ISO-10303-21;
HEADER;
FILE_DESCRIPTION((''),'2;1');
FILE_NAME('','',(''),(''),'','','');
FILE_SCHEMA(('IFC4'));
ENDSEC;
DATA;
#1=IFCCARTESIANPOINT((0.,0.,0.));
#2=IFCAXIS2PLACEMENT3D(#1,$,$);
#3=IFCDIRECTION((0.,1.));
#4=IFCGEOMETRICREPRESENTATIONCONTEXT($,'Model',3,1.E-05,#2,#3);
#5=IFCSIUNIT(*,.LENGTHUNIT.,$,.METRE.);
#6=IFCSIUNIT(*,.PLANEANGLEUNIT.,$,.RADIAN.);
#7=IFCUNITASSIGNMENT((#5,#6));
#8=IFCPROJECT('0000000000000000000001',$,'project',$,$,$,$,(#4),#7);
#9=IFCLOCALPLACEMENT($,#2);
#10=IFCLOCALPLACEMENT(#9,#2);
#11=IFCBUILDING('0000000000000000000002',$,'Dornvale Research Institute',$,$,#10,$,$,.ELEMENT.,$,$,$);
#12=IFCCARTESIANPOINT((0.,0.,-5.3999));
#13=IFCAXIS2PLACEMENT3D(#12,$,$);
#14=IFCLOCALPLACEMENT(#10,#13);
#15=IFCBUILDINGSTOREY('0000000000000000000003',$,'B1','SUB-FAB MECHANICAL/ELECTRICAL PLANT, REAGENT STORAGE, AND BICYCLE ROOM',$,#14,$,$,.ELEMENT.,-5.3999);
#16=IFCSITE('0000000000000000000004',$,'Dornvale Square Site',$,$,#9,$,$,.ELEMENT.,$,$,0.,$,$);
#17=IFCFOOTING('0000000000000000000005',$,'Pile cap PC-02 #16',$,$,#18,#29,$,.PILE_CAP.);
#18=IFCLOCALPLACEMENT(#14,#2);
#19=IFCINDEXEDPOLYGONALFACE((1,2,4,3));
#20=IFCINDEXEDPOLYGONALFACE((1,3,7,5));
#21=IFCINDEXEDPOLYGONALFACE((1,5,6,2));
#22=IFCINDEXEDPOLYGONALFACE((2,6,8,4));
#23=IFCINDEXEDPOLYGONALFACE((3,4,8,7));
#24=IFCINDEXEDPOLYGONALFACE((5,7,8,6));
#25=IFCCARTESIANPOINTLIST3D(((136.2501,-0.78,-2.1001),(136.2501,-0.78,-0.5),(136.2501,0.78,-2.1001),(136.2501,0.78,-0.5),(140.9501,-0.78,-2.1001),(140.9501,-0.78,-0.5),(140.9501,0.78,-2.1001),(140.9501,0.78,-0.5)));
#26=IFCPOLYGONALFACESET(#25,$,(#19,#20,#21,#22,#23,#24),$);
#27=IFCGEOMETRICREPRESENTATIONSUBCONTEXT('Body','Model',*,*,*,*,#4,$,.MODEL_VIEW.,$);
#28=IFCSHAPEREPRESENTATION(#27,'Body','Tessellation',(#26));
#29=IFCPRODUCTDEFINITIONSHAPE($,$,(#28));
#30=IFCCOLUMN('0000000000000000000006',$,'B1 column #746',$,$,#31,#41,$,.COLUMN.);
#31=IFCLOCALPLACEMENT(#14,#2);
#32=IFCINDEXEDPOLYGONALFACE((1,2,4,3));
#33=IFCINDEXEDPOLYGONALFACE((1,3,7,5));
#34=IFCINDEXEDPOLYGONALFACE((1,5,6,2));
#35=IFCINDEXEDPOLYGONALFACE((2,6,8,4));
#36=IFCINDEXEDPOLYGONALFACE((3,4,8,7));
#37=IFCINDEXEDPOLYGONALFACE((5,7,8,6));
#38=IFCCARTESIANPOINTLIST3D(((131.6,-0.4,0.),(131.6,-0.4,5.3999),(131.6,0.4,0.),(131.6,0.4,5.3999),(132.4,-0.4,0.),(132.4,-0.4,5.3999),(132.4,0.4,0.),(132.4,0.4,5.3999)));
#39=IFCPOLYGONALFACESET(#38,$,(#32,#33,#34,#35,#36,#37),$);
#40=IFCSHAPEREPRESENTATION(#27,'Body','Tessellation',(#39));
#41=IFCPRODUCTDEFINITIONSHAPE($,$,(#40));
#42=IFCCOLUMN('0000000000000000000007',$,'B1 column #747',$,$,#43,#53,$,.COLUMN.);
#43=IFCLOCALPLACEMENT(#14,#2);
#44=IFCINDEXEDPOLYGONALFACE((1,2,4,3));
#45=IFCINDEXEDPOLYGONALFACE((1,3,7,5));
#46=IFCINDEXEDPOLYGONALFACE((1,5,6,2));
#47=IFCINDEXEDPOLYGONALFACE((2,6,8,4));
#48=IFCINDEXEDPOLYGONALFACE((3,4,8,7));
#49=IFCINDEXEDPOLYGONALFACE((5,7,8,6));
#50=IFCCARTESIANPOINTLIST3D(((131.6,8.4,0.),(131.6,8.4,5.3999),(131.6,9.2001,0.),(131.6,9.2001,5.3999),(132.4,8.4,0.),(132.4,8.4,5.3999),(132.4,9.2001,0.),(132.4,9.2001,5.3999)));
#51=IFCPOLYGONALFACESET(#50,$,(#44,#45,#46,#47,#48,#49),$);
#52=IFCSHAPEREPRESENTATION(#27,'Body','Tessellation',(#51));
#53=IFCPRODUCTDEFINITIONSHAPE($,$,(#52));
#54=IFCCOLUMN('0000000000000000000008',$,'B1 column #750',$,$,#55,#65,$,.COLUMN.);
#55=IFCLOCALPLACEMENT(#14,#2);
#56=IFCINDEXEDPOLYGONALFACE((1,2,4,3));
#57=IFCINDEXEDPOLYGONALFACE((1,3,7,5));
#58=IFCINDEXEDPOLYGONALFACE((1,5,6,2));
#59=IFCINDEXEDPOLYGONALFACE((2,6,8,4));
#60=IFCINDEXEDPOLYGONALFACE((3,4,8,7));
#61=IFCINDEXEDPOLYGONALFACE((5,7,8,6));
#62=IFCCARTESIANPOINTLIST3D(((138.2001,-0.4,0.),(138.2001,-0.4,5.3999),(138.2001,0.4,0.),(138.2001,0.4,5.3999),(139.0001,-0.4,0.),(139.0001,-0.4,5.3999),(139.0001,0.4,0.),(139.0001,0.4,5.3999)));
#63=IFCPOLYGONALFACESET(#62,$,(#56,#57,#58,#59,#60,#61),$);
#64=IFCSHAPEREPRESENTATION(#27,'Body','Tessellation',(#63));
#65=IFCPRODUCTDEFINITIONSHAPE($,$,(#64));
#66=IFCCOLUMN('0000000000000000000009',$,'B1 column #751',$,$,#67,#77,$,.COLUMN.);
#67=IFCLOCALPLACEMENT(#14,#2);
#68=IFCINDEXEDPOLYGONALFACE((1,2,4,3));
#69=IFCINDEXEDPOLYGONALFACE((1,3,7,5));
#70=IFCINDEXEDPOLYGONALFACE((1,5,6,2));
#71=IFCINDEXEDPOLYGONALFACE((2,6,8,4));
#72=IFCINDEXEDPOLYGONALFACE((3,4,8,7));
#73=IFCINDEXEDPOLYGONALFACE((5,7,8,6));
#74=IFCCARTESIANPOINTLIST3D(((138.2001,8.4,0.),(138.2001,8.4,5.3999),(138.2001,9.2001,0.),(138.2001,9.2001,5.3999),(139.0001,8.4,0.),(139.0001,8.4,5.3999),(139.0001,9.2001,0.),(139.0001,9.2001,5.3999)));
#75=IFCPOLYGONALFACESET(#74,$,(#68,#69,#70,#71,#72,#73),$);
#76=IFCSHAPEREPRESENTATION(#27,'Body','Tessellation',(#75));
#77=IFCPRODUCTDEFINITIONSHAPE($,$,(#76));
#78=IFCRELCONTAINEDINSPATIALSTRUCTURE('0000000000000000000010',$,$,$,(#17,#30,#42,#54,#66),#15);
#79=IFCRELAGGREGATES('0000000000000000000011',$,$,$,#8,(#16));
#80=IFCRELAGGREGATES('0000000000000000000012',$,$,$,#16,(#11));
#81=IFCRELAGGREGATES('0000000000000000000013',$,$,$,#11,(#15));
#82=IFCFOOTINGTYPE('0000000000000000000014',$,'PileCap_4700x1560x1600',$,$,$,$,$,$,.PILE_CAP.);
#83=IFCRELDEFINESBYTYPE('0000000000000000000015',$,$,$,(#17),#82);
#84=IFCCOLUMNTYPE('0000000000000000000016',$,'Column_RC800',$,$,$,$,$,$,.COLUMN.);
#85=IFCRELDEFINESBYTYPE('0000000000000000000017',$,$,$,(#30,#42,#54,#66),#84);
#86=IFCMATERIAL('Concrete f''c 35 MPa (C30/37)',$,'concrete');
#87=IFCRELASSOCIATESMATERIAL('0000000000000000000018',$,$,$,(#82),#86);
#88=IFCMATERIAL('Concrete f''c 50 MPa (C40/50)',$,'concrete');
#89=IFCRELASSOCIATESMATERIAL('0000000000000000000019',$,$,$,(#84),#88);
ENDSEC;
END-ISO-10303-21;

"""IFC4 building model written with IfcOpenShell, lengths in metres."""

from ifc_helpers import new_model, si_unit, direction, frame, origin, origin_2d, place, context, subcontext, project, spatial, rectangle, extrude, material, material_profile, profile_set, type_object, element, save


model = new_model("IFC4")

# Units and contexts
model_context = context("Model", 3, precision=1e-05, world=origin(), true_north=direction((0.0, 1.0)))
body_context = subcontext(model_context, "Body", "Model", "MODEL_VIEW")
ifc_project = project(units=[si_unit("LENGTHUNIT", "METRE"), si_unit("PLANEANGLEUNIT", "RADIAN")], contexts=[model_context])

# Site, building, storey
site_placement = place(None, origin())
site = spatial("IfcSite", under=ifc_project, at=site_placement, Name="Dornvale Square Site", CompositionType="ELEMENT", RefElevation=0.0)
building_placement = place(site_placement, origin())
building = spatial("IfcBuilding", under=site, at=building_placement, Name="Dornvale Research Institute", CompositionType="ELEMENT")
storey_placement = place(building_placement, frame((0.0, 0.0, -5.3999)))
storey = spatial("IfcBuildingStorey", under=building, at=storey_placement, Name="B1", Description="SUB-FAB MECHANICAL/ELECTRICAL PLANT, REAGENT STORAGE, AND BICYCLE ROOM", CompositionType="ELEMENT", Elevation=-5.3999)

# Footing
ifc_material_1 = material(Name="Concrete f'c 35 MPa (C30/37)", Category="concrete")
footing_type_1 = type_object("IfcFootingType", Name="PileCap_4700x1560x1600", PredefinedType="PILE_CAP", material=ifc_material_1)
for number, where, z_axis, x_axis, name in (
    (1, (138.6001, 0.0, -2.1001), (0.0, 0.0, 1.0), (1.0, 0.0, 0.0), "Pile cap PC-02 #16"),
):
    element("IfcFooting", number, at=place(storey_placement, frame(where, z_axis=z_axis, x_axis=x_axis)), inside=storey, type_object=footing_type_1, Name=name, PredefinedType="PILE_CAP", context=body_context, shape_type="SweptSolid", body=[
        extrude(rectangle(XDim=4.7, YDim=1.5601, at=origin_2d()), origin(), (0.0, 0.0, 1.0), 1.6001),
    ])

# Columns
ifc_material_2 = material(Name="Concrete f'c 50 MPa (C40/50)", Category="concrete")
ifc_material_profile_1 = material_profile(ifc_material_2, rectangle(XDim=0.8, YDim=0.8, at=origin_2d()), Name="RC 800x800")
ifc_profile_set_1 = profile_set([ifc_material_profile_1], Name="Concrete f'c 50 MPa (C40/50)")
column_type = type_object("IfcColumnType", Name="Column_RC800", PredefinedType="COLUMN", material=ifc_profile_set_1)
for number, where, z_axis, x_axis, name in (
    (2, (132.0, 0.0, 0.0), (0.0, 0.0, 1.0), (1.0, 0.0, 0.0), "B1 column #746"),
    (3, (132.0, 8.8, 0.0), (0.0, 0.0, 1.0), (1.0, 0.0, 0.0), "B1 column #747"),
    (4, (138.6001, 0.0, 0.0), (0.0, 0.0, 1.0), (1.0, 0.0, 0.0), "B1 column #750"),
    (5, (138.6001, 8.8, 0.0), (0.0, 0.0, 1.0), (1.0, 0.0, 0.0), "B1 column #751"),
):
    element("IfcColumn", number, at=place(storey_placement, frame(where, z_axis=z_axis, x_axis=x_axis)), inside=storey, type_object=column_type, Name=name, PredefinedType="COLUMN", context=body_context, shape_type="SweptSolid", body=[
        extrude(rectangle(XDim=0.8, YDim=0.8, at=origin_2d()), origin(), (0.0, 0.0, 1.0), 5.3999),
    ])

save(model, "model.ifc")
